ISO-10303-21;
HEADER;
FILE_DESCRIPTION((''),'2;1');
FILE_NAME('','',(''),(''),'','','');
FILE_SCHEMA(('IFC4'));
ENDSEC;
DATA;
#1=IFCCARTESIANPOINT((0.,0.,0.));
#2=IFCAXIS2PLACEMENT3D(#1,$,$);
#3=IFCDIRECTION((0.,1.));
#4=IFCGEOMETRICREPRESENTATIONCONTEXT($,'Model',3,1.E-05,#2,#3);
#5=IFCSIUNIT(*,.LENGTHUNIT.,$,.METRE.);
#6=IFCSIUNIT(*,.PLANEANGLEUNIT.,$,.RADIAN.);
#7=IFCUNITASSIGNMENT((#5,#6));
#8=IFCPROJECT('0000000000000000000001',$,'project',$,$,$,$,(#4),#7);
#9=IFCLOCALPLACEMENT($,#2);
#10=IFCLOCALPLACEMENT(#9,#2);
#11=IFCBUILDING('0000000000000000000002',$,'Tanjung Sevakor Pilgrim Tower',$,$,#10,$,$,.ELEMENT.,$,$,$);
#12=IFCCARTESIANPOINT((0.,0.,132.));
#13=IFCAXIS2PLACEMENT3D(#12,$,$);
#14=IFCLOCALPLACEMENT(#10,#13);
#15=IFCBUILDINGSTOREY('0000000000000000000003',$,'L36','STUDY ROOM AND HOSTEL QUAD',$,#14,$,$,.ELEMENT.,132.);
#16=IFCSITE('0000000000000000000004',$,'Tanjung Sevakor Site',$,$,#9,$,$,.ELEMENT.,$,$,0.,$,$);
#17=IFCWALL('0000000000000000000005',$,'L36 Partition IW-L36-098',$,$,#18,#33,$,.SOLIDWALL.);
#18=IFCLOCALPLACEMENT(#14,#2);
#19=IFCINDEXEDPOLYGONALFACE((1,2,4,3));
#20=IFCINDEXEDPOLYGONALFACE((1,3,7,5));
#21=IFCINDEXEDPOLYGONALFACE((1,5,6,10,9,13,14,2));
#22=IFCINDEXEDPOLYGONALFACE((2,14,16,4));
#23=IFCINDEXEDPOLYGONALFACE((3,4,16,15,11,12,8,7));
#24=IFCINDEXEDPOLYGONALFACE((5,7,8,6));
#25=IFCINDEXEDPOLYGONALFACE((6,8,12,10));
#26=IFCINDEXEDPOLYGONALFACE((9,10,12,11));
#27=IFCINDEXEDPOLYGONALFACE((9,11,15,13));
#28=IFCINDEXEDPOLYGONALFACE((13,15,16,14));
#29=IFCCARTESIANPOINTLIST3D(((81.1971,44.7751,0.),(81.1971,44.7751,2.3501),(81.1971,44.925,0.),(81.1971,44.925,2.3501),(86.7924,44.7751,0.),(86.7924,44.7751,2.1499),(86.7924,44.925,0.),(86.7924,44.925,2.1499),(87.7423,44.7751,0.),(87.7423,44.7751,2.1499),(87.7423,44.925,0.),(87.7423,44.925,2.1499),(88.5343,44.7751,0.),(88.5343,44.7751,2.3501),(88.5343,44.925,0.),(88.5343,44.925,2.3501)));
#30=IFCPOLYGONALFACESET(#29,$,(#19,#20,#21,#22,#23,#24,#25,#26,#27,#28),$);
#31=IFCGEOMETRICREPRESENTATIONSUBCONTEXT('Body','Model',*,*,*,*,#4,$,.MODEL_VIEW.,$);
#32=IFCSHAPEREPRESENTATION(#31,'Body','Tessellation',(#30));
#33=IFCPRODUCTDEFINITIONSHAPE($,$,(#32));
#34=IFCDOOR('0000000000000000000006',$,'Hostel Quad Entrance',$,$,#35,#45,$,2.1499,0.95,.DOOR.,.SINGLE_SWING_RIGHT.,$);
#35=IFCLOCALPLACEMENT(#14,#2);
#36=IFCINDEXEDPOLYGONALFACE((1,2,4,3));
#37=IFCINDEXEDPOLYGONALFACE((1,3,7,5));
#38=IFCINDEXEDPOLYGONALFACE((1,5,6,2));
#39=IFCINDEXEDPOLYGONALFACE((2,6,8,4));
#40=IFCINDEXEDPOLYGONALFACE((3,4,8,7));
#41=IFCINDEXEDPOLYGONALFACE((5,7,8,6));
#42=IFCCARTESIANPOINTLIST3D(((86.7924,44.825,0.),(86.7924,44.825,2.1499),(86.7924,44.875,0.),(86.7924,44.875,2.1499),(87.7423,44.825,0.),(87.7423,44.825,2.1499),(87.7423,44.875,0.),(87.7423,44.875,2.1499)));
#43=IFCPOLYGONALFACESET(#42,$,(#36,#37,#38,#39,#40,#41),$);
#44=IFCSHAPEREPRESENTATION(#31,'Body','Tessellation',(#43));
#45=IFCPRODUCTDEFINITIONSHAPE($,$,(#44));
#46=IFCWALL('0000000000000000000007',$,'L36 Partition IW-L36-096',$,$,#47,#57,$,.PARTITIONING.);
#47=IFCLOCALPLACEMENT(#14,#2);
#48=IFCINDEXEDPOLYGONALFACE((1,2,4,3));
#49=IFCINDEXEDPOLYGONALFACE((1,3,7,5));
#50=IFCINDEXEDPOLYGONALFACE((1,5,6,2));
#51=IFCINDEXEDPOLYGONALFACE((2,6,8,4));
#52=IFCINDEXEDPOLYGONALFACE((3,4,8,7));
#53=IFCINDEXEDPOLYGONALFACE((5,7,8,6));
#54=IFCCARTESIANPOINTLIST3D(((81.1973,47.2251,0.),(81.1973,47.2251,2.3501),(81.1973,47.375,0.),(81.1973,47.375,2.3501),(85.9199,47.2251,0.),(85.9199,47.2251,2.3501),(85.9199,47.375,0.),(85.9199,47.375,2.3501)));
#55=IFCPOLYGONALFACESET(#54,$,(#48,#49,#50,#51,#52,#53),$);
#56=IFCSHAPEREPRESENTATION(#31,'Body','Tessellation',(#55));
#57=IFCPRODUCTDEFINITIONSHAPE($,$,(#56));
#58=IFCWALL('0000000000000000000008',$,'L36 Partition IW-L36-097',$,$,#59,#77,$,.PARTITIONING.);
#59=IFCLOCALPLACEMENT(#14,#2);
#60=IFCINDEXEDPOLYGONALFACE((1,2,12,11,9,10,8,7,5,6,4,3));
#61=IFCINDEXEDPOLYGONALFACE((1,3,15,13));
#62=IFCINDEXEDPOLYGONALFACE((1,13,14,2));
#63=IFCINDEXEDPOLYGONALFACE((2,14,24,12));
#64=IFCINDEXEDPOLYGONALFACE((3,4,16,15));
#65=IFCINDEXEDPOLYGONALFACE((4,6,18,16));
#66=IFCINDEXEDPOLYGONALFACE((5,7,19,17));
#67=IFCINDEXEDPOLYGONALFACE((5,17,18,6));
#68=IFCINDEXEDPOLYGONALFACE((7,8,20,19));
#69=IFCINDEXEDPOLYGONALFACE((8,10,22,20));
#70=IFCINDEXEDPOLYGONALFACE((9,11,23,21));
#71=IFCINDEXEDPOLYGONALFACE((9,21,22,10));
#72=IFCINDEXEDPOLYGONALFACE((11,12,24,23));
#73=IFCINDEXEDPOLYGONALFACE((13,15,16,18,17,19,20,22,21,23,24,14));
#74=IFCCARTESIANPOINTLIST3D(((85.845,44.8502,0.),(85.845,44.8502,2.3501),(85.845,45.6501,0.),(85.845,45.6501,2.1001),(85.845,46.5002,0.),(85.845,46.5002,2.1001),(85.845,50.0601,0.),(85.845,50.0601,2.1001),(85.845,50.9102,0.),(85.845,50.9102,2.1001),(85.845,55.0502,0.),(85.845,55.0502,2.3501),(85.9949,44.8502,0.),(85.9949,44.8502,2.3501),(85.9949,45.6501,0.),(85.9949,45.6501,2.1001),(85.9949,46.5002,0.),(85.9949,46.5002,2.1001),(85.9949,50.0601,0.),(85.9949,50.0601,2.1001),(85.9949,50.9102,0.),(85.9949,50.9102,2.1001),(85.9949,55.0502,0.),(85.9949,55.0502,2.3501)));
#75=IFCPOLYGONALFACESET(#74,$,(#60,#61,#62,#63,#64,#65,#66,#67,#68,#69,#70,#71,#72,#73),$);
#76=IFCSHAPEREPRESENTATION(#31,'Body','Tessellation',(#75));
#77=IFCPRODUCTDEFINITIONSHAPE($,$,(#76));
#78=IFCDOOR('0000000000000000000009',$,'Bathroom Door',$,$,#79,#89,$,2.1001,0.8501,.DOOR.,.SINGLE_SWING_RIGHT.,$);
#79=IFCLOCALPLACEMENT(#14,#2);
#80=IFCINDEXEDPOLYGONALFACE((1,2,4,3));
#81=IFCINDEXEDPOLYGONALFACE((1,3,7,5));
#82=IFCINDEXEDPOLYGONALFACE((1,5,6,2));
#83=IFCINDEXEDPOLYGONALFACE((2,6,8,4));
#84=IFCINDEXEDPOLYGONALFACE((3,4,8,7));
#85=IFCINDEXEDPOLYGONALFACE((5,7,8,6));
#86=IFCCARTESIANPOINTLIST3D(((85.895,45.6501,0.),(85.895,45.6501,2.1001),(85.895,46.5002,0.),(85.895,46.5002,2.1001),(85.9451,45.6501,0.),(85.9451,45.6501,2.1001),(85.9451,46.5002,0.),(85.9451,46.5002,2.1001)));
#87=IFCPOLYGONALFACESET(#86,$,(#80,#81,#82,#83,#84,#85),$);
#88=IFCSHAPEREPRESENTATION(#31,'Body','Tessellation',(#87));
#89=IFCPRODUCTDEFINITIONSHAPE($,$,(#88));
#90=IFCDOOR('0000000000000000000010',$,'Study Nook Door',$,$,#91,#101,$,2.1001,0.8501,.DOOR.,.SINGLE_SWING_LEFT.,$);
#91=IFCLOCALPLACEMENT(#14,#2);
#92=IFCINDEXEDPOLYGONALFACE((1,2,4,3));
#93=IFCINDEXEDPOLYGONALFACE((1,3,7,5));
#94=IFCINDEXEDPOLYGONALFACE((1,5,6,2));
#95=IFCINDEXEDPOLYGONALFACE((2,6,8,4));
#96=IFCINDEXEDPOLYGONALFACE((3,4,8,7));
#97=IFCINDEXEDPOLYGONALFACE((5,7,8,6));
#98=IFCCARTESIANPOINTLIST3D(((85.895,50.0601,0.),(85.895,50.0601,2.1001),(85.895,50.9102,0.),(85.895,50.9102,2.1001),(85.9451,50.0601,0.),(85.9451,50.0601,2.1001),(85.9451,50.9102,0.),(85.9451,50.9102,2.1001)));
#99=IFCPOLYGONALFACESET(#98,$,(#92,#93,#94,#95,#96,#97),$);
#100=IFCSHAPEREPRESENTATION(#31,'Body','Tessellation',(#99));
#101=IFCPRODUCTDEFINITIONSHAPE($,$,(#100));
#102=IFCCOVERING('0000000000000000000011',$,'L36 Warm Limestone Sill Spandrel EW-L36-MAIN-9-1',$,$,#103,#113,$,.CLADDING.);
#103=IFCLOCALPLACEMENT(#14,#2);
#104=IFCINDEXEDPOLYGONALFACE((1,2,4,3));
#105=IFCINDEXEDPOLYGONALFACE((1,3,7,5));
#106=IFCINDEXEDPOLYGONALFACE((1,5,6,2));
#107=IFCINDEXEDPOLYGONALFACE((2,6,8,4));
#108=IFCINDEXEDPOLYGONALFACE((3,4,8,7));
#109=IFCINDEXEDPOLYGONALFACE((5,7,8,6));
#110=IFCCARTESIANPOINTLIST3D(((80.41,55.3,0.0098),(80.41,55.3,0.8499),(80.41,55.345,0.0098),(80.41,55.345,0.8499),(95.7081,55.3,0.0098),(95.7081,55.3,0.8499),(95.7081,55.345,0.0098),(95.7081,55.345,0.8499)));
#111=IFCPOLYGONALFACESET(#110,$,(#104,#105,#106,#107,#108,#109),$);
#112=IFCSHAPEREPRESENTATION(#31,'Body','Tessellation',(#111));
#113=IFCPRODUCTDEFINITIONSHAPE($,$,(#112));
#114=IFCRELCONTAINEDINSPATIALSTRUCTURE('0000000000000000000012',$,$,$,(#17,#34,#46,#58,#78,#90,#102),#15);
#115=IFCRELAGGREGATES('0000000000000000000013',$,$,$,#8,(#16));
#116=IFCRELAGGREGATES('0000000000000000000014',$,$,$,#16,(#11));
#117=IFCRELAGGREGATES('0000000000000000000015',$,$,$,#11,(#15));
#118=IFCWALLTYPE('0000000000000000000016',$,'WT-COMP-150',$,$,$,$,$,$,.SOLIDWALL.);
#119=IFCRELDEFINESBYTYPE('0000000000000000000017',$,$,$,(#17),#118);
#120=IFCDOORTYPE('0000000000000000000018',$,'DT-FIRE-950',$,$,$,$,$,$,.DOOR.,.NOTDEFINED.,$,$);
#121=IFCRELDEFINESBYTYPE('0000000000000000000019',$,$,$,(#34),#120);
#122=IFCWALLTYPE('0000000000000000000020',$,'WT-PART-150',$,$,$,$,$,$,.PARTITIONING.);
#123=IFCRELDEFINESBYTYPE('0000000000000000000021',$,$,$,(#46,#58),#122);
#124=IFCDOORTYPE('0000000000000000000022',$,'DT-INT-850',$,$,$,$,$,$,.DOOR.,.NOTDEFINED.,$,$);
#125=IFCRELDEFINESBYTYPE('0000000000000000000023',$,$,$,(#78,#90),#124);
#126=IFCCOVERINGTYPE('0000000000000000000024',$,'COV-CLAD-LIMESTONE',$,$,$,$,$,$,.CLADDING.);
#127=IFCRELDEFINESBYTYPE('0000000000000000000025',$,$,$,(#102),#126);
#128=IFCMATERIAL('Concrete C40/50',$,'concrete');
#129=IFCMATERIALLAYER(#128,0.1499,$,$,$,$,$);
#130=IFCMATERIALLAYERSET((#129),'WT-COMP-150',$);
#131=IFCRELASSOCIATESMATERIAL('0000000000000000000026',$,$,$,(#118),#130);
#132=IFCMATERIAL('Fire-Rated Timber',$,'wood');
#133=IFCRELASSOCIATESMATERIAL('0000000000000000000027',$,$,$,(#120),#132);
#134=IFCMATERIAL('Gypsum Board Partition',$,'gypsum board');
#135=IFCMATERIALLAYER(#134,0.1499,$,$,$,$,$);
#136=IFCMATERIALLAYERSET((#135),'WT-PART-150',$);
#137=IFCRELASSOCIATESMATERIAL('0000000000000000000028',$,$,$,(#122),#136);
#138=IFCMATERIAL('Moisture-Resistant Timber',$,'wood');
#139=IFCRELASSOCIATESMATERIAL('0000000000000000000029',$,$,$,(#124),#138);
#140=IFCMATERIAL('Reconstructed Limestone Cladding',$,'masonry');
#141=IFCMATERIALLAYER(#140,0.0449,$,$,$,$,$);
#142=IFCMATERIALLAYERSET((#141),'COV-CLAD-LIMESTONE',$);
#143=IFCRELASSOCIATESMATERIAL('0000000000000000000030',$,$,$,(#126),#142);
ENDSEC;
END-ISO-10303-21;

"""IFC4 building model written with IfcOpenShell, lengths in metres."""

from ifc_helpers import new_model, si_unit, direction, frame, frame_2d, origin, origin_2d, place, context, subcontext, project, spatial, rectangle, extrude, material, layer, layer_set, type_object, element, fill, save


model = new_model("IFC4")

# Units and contexts
model_context = context("Model", 3, precision=1e-05, world=origin(), true_north=direction((0.0, 1.0)))
body_context = subcontext(model_context, "Body", "Model", "MODEL_VIEW")
ifc_project = project(units=[si_unit("LENGTHUNIT", "METRE"), si_unit("PLANEANGLEUNIT", "RADIAN")], contexts=[model_context])

# Site, building, storey
site_placement = place(None, origin())
site = spatial("IfcSite", under=ifc_project, at=site_placement, Name="Tanjung Sevakor Site", CompositionType="ELEMENT", RefElevation=0.0)
building_placement = place(site_placement, origin())
building = spatial("IfcBuilding", under=site, at=building_placement, Name="Tanjung Sevakor Pilgrim Tower", CompositionType="ELEMENT")
storey_placement = place(building_placement, frame((0.0, 0.0, 132.0)))
storey = spatial("IfcBuildingStorey", under=building, at=storey_placement, Name="L36", Description="STUDY ROOM AND HOSTEL QUAD", CompositionType="ELEMENT", Elevation=132.0)

# Shared definitions
ifc_material_1 = material(Name="Concrete C40/50", Category="concrete")
ifc_layer_1 = layer(ifc_material_1, 0.1499)
ifc_layer_set_1 = layer_set([ifc_layer_1], Name="WT-COMP-150")
wall_type_1 = type_object("IfcWallType", Name="WT-COMP-150", PredefinedType="SOLIDWALL", material=ifc_layer_set_1)

# Wall, opening, door
wall_1_placement = place(storey_placement, frame((81.1973, 44.8501, 0.0), z_axis=(0.0, 0.0, 1.0), x_axis=(1.0, 0.0, 0.0)))
wall_1 = element("IfcWall", 1, at=wall_1_placement, inside=storey, type_object=wall_type_1, Name="L36 Partition IW-L36-098", PredefinedType="SOLIDWALL", context=body_context, shape_type="SweptSolid", body=[
    extrude(rectangle(XDim=7.3372, YDim=0.1499, at=frame_2d((3.6685, 0.0))), origin(), (0.0, 0.0, 1.0), 2.3501),
])
opening_1_placement = place(wall_1_placement, frame((5.595, 0.0, 0.0)))
opening_1 = element("IfcOpeningElement", 2, at=opening_1_placement, cuts=wall_1, PredefinedType="OPENING", context=body_context, shape_type="SweptSolid", body=[
    extrude(rectangle(XDim=0.95, YDim=2.1499, at=frame_2d((0.4751, 1.075))), frame((0.0, 0.085, 0.0), z_axis=(0.0, -1.0, 0.0), x_axis=(1.0, 0.0, 0.0)), (0.0, 0.0, 1.0), 0.1699),
])
ifc_material_2 = material(Name="Fire-Rated Timber", Category="wood")
door_type_1 = type_object("IfcDoorType", Name="DT-FIRE-950", OperationType="NOTDEFINED", PredefinedType="DOOR", material=ifc_material_2)
door_1_placement = place(opening_1_placement, origin())
door_1 = element("IfcDoor", 3, at=door_1_placement, inside=storey, type_object=door_type_1, Name="Hostel Quad Entrance", OperationType="SINGLE_SWING_RIGHT", OverallHeight=2.1499, OverallWidth=0.95, PredefinedType="DOOR", context=body_context, shape_type="SweptSolid", body=[
    extrude(rectangle(XDim=0.95, YDim=2.1499, at=frame_2d((0.4751, 1.075))), frame((0.0, 0.0249, 0.0), z_axis=(0.0, -1.0, 0.0), x_axis=(1.0, 0.0, 0.0)), (0.0, 0.0, 1.0), 0.05),
])
fill(opening_1, door_1)

# Wall
ifc_material_3 = material(Name="Gypsum Board Partition", Category="gypsum board")
ifc_layer_2 = layer(ifc_material_3, 0.1499)
ifc_layer_set_2 = layer_set([ifc_layer_2], Name="WT-PART-150")
wall_type_2 = type_object("IfcWallType", Name="WT-PART-150", PredefinedType="PARTITIONING", material=ifc_layer_set_2)
wall_2_placement = place(storey_placement, frame((81.1973, 47.3, 0.0), z_axis=(0.0, 0.0, 1.0), x_axis=(1.0, 0.0, 0.0)))
element("IfcWall", 4, at=wall_2_placement, inside=storey, type_object=wall_type_2, Name="L36 Partition IW-L36-096", PredefinedType="PARTITIONING", context=body_context, shape_type="SweptSolid", body=[
    extrude(rectangle(XDim=4.7227, YDim=0.1499, at=frame_2d((2.3613, 0.0))), origin(), (0.0, 0.0, 1.0), 2.3501),
])

# Wall, openings, doors
wall_3_placement = place(storey_placement, frame((85.9199, 44.8501, 0.0), z_axis=(0.0, 0.0, 1.0), x_axis=(0.0, 1.0, 0.0)))
wall_3 = element("IfcWall", 5, at=wall_3_placement, inside=storey, type_object=wall_type_2, Name="L36 Partition IW-L36-097", PredefinedType="PARTITIONING", context=body_context, shape_type="SweptSolid", body=[
    extrude(rectangle(XDim=10.2, YDim=0.1499, at=frame_2d((5.1001, 0.0))), origin(), (0.0, 0.0, 1.0), 2.3501),
])
opening_2_placement = place(wall_3_placement, frame((0.8, 0.0, 0.0)))
opening_2 = element("IfcOpeningElement", 6, at=opening_2_placement, cuts=wall_3, PredefinedType="OPENING", context=body_context, shape_type="SweptSolid", body=[
    extrude(rectangle(XDim=0.8501, YDim=2.1001, at=frame_2d((0.425, 1.05))), frame((0.0, 0.085, 0.0), z_axis=(0.0, -1.0, 0.0), x_axis=(1.0, 0.0, 0.0)), (0.0, 0.0, 1.0), 0.1699),
])
opening_3_placement = place(wall_3_placement, frame((5.21, 0.0, 0.0)))
opening_3 = element("IfcOpeningElement", 7, at=opening_3_placement, cuts=wall_3, PredefinedType="OPENING", context=body_context, shape_type="SweptSolid", body=[
    extrude(rectangle(XDim=0.8501, YDim=2.1001, at=frame_2d((0.425, 1.05))), frame((0.0, 0.085, 0.0), z_axis=(0.0, -1.0, 0.0), x_axis=(1.0, 0.0, 0.0)), (0.0, 0.0, 1.0), 0.1699),
])
ifc_material_4 = material(Name="Moisture-Resistant Timber", Category="wood")
door_type_2 = type_object("IfcDoorType", Name="DT-INT-850", OperationType="NOTDEFINED", PredefinedType="DOOR", material=ifc_material_4)
door_2_placement = place(opening_2_placement, origin())
door_2 = element("IfcDoor", 8, at=door_2_placement, inside=storey, type_object=door_type_2, Name="Bathroom Door", OperationType="SINGLE_SWING_RIGHT", OverallHeight=2.1001, OverallWidth=0.8501, PredefinedType="DOOR", context=body_context, shape_type="SweptSolid", body=[
    extrude(rectangle(XDim=0.8501, YDim=2.1001, at=frame_2d((0.425, 1.05))), frame((0.0, 0.0249, 0.0), z_axis=(0.0, -1.0, 0.0), x_axis=(1.0, 0.0, 0.0)), (0.0, 0.0, 1.0), 0.05),
])
fill(opening_2, door_2)
door_3_placement = place(opening_3_placement, origin())
door_3 = element("IfcDoor", 9, at=door_3_placement, inside=storey, type_object=door_type_2, Name="Study Nook Door", OperationType="SINGLE_SWING_LEFT", OverallHeight=2.1001, OverallWidth=0.8501, PredefinedType="DOOR", context=body_context, shape_type="SweptSolid", body=[
    extrude(rectangle(XDim=0.8501, YDim=2.1001, at=frame_2d((0.425, 1.05))), frame((0.0, 0.0249, 0.0), z_axis=(0.0, -1.0, 0.0), x_axis=(1.0, 0.0, 0.0)), (0.0, 0.0, 1.0), 0.05),
])
fill(opening_3, door_3)

# Covering
ifc_material_5 = material(Name="Reconstructed Limestone Cladding", Category="masonry")
ifc_layer_3 = layer(ifc_material_5, 0.0449)
ifc_layer_set_3 = layer_set([ifc_layer_3], Name="COV-CLAD-LIMESTONE")
covering_type = type_object("IfcCoveringType", Name="COV-CLAD-LIMESTONE", PredefinedType="CLADDING", material=ifc_layer_set_3)
covering_placement = place(storey_placement, frame((88.0591, 55.3225, 0.0098), z_axis=(0.0, 0.0, 1.0), x_axis=(-1.0, 0.0, 0.0)))
element("IfcCovering", 10, at=covering_placement, inside=storey, type_object=covering_type, Name="L36 Warm Limestone Sill Spandrel EW-L36-MAIN-9-1", PredefinedType="CLADDING", context=body_context, shape_type="SweptSolid", body=[
    extrude(rectangle(XDim=15.2981, YDim=0.0449, at=origin_2d()), origin(), (0.0, 0.0, 1.0), 0.8401),
])

save(model, "model.ifc")
